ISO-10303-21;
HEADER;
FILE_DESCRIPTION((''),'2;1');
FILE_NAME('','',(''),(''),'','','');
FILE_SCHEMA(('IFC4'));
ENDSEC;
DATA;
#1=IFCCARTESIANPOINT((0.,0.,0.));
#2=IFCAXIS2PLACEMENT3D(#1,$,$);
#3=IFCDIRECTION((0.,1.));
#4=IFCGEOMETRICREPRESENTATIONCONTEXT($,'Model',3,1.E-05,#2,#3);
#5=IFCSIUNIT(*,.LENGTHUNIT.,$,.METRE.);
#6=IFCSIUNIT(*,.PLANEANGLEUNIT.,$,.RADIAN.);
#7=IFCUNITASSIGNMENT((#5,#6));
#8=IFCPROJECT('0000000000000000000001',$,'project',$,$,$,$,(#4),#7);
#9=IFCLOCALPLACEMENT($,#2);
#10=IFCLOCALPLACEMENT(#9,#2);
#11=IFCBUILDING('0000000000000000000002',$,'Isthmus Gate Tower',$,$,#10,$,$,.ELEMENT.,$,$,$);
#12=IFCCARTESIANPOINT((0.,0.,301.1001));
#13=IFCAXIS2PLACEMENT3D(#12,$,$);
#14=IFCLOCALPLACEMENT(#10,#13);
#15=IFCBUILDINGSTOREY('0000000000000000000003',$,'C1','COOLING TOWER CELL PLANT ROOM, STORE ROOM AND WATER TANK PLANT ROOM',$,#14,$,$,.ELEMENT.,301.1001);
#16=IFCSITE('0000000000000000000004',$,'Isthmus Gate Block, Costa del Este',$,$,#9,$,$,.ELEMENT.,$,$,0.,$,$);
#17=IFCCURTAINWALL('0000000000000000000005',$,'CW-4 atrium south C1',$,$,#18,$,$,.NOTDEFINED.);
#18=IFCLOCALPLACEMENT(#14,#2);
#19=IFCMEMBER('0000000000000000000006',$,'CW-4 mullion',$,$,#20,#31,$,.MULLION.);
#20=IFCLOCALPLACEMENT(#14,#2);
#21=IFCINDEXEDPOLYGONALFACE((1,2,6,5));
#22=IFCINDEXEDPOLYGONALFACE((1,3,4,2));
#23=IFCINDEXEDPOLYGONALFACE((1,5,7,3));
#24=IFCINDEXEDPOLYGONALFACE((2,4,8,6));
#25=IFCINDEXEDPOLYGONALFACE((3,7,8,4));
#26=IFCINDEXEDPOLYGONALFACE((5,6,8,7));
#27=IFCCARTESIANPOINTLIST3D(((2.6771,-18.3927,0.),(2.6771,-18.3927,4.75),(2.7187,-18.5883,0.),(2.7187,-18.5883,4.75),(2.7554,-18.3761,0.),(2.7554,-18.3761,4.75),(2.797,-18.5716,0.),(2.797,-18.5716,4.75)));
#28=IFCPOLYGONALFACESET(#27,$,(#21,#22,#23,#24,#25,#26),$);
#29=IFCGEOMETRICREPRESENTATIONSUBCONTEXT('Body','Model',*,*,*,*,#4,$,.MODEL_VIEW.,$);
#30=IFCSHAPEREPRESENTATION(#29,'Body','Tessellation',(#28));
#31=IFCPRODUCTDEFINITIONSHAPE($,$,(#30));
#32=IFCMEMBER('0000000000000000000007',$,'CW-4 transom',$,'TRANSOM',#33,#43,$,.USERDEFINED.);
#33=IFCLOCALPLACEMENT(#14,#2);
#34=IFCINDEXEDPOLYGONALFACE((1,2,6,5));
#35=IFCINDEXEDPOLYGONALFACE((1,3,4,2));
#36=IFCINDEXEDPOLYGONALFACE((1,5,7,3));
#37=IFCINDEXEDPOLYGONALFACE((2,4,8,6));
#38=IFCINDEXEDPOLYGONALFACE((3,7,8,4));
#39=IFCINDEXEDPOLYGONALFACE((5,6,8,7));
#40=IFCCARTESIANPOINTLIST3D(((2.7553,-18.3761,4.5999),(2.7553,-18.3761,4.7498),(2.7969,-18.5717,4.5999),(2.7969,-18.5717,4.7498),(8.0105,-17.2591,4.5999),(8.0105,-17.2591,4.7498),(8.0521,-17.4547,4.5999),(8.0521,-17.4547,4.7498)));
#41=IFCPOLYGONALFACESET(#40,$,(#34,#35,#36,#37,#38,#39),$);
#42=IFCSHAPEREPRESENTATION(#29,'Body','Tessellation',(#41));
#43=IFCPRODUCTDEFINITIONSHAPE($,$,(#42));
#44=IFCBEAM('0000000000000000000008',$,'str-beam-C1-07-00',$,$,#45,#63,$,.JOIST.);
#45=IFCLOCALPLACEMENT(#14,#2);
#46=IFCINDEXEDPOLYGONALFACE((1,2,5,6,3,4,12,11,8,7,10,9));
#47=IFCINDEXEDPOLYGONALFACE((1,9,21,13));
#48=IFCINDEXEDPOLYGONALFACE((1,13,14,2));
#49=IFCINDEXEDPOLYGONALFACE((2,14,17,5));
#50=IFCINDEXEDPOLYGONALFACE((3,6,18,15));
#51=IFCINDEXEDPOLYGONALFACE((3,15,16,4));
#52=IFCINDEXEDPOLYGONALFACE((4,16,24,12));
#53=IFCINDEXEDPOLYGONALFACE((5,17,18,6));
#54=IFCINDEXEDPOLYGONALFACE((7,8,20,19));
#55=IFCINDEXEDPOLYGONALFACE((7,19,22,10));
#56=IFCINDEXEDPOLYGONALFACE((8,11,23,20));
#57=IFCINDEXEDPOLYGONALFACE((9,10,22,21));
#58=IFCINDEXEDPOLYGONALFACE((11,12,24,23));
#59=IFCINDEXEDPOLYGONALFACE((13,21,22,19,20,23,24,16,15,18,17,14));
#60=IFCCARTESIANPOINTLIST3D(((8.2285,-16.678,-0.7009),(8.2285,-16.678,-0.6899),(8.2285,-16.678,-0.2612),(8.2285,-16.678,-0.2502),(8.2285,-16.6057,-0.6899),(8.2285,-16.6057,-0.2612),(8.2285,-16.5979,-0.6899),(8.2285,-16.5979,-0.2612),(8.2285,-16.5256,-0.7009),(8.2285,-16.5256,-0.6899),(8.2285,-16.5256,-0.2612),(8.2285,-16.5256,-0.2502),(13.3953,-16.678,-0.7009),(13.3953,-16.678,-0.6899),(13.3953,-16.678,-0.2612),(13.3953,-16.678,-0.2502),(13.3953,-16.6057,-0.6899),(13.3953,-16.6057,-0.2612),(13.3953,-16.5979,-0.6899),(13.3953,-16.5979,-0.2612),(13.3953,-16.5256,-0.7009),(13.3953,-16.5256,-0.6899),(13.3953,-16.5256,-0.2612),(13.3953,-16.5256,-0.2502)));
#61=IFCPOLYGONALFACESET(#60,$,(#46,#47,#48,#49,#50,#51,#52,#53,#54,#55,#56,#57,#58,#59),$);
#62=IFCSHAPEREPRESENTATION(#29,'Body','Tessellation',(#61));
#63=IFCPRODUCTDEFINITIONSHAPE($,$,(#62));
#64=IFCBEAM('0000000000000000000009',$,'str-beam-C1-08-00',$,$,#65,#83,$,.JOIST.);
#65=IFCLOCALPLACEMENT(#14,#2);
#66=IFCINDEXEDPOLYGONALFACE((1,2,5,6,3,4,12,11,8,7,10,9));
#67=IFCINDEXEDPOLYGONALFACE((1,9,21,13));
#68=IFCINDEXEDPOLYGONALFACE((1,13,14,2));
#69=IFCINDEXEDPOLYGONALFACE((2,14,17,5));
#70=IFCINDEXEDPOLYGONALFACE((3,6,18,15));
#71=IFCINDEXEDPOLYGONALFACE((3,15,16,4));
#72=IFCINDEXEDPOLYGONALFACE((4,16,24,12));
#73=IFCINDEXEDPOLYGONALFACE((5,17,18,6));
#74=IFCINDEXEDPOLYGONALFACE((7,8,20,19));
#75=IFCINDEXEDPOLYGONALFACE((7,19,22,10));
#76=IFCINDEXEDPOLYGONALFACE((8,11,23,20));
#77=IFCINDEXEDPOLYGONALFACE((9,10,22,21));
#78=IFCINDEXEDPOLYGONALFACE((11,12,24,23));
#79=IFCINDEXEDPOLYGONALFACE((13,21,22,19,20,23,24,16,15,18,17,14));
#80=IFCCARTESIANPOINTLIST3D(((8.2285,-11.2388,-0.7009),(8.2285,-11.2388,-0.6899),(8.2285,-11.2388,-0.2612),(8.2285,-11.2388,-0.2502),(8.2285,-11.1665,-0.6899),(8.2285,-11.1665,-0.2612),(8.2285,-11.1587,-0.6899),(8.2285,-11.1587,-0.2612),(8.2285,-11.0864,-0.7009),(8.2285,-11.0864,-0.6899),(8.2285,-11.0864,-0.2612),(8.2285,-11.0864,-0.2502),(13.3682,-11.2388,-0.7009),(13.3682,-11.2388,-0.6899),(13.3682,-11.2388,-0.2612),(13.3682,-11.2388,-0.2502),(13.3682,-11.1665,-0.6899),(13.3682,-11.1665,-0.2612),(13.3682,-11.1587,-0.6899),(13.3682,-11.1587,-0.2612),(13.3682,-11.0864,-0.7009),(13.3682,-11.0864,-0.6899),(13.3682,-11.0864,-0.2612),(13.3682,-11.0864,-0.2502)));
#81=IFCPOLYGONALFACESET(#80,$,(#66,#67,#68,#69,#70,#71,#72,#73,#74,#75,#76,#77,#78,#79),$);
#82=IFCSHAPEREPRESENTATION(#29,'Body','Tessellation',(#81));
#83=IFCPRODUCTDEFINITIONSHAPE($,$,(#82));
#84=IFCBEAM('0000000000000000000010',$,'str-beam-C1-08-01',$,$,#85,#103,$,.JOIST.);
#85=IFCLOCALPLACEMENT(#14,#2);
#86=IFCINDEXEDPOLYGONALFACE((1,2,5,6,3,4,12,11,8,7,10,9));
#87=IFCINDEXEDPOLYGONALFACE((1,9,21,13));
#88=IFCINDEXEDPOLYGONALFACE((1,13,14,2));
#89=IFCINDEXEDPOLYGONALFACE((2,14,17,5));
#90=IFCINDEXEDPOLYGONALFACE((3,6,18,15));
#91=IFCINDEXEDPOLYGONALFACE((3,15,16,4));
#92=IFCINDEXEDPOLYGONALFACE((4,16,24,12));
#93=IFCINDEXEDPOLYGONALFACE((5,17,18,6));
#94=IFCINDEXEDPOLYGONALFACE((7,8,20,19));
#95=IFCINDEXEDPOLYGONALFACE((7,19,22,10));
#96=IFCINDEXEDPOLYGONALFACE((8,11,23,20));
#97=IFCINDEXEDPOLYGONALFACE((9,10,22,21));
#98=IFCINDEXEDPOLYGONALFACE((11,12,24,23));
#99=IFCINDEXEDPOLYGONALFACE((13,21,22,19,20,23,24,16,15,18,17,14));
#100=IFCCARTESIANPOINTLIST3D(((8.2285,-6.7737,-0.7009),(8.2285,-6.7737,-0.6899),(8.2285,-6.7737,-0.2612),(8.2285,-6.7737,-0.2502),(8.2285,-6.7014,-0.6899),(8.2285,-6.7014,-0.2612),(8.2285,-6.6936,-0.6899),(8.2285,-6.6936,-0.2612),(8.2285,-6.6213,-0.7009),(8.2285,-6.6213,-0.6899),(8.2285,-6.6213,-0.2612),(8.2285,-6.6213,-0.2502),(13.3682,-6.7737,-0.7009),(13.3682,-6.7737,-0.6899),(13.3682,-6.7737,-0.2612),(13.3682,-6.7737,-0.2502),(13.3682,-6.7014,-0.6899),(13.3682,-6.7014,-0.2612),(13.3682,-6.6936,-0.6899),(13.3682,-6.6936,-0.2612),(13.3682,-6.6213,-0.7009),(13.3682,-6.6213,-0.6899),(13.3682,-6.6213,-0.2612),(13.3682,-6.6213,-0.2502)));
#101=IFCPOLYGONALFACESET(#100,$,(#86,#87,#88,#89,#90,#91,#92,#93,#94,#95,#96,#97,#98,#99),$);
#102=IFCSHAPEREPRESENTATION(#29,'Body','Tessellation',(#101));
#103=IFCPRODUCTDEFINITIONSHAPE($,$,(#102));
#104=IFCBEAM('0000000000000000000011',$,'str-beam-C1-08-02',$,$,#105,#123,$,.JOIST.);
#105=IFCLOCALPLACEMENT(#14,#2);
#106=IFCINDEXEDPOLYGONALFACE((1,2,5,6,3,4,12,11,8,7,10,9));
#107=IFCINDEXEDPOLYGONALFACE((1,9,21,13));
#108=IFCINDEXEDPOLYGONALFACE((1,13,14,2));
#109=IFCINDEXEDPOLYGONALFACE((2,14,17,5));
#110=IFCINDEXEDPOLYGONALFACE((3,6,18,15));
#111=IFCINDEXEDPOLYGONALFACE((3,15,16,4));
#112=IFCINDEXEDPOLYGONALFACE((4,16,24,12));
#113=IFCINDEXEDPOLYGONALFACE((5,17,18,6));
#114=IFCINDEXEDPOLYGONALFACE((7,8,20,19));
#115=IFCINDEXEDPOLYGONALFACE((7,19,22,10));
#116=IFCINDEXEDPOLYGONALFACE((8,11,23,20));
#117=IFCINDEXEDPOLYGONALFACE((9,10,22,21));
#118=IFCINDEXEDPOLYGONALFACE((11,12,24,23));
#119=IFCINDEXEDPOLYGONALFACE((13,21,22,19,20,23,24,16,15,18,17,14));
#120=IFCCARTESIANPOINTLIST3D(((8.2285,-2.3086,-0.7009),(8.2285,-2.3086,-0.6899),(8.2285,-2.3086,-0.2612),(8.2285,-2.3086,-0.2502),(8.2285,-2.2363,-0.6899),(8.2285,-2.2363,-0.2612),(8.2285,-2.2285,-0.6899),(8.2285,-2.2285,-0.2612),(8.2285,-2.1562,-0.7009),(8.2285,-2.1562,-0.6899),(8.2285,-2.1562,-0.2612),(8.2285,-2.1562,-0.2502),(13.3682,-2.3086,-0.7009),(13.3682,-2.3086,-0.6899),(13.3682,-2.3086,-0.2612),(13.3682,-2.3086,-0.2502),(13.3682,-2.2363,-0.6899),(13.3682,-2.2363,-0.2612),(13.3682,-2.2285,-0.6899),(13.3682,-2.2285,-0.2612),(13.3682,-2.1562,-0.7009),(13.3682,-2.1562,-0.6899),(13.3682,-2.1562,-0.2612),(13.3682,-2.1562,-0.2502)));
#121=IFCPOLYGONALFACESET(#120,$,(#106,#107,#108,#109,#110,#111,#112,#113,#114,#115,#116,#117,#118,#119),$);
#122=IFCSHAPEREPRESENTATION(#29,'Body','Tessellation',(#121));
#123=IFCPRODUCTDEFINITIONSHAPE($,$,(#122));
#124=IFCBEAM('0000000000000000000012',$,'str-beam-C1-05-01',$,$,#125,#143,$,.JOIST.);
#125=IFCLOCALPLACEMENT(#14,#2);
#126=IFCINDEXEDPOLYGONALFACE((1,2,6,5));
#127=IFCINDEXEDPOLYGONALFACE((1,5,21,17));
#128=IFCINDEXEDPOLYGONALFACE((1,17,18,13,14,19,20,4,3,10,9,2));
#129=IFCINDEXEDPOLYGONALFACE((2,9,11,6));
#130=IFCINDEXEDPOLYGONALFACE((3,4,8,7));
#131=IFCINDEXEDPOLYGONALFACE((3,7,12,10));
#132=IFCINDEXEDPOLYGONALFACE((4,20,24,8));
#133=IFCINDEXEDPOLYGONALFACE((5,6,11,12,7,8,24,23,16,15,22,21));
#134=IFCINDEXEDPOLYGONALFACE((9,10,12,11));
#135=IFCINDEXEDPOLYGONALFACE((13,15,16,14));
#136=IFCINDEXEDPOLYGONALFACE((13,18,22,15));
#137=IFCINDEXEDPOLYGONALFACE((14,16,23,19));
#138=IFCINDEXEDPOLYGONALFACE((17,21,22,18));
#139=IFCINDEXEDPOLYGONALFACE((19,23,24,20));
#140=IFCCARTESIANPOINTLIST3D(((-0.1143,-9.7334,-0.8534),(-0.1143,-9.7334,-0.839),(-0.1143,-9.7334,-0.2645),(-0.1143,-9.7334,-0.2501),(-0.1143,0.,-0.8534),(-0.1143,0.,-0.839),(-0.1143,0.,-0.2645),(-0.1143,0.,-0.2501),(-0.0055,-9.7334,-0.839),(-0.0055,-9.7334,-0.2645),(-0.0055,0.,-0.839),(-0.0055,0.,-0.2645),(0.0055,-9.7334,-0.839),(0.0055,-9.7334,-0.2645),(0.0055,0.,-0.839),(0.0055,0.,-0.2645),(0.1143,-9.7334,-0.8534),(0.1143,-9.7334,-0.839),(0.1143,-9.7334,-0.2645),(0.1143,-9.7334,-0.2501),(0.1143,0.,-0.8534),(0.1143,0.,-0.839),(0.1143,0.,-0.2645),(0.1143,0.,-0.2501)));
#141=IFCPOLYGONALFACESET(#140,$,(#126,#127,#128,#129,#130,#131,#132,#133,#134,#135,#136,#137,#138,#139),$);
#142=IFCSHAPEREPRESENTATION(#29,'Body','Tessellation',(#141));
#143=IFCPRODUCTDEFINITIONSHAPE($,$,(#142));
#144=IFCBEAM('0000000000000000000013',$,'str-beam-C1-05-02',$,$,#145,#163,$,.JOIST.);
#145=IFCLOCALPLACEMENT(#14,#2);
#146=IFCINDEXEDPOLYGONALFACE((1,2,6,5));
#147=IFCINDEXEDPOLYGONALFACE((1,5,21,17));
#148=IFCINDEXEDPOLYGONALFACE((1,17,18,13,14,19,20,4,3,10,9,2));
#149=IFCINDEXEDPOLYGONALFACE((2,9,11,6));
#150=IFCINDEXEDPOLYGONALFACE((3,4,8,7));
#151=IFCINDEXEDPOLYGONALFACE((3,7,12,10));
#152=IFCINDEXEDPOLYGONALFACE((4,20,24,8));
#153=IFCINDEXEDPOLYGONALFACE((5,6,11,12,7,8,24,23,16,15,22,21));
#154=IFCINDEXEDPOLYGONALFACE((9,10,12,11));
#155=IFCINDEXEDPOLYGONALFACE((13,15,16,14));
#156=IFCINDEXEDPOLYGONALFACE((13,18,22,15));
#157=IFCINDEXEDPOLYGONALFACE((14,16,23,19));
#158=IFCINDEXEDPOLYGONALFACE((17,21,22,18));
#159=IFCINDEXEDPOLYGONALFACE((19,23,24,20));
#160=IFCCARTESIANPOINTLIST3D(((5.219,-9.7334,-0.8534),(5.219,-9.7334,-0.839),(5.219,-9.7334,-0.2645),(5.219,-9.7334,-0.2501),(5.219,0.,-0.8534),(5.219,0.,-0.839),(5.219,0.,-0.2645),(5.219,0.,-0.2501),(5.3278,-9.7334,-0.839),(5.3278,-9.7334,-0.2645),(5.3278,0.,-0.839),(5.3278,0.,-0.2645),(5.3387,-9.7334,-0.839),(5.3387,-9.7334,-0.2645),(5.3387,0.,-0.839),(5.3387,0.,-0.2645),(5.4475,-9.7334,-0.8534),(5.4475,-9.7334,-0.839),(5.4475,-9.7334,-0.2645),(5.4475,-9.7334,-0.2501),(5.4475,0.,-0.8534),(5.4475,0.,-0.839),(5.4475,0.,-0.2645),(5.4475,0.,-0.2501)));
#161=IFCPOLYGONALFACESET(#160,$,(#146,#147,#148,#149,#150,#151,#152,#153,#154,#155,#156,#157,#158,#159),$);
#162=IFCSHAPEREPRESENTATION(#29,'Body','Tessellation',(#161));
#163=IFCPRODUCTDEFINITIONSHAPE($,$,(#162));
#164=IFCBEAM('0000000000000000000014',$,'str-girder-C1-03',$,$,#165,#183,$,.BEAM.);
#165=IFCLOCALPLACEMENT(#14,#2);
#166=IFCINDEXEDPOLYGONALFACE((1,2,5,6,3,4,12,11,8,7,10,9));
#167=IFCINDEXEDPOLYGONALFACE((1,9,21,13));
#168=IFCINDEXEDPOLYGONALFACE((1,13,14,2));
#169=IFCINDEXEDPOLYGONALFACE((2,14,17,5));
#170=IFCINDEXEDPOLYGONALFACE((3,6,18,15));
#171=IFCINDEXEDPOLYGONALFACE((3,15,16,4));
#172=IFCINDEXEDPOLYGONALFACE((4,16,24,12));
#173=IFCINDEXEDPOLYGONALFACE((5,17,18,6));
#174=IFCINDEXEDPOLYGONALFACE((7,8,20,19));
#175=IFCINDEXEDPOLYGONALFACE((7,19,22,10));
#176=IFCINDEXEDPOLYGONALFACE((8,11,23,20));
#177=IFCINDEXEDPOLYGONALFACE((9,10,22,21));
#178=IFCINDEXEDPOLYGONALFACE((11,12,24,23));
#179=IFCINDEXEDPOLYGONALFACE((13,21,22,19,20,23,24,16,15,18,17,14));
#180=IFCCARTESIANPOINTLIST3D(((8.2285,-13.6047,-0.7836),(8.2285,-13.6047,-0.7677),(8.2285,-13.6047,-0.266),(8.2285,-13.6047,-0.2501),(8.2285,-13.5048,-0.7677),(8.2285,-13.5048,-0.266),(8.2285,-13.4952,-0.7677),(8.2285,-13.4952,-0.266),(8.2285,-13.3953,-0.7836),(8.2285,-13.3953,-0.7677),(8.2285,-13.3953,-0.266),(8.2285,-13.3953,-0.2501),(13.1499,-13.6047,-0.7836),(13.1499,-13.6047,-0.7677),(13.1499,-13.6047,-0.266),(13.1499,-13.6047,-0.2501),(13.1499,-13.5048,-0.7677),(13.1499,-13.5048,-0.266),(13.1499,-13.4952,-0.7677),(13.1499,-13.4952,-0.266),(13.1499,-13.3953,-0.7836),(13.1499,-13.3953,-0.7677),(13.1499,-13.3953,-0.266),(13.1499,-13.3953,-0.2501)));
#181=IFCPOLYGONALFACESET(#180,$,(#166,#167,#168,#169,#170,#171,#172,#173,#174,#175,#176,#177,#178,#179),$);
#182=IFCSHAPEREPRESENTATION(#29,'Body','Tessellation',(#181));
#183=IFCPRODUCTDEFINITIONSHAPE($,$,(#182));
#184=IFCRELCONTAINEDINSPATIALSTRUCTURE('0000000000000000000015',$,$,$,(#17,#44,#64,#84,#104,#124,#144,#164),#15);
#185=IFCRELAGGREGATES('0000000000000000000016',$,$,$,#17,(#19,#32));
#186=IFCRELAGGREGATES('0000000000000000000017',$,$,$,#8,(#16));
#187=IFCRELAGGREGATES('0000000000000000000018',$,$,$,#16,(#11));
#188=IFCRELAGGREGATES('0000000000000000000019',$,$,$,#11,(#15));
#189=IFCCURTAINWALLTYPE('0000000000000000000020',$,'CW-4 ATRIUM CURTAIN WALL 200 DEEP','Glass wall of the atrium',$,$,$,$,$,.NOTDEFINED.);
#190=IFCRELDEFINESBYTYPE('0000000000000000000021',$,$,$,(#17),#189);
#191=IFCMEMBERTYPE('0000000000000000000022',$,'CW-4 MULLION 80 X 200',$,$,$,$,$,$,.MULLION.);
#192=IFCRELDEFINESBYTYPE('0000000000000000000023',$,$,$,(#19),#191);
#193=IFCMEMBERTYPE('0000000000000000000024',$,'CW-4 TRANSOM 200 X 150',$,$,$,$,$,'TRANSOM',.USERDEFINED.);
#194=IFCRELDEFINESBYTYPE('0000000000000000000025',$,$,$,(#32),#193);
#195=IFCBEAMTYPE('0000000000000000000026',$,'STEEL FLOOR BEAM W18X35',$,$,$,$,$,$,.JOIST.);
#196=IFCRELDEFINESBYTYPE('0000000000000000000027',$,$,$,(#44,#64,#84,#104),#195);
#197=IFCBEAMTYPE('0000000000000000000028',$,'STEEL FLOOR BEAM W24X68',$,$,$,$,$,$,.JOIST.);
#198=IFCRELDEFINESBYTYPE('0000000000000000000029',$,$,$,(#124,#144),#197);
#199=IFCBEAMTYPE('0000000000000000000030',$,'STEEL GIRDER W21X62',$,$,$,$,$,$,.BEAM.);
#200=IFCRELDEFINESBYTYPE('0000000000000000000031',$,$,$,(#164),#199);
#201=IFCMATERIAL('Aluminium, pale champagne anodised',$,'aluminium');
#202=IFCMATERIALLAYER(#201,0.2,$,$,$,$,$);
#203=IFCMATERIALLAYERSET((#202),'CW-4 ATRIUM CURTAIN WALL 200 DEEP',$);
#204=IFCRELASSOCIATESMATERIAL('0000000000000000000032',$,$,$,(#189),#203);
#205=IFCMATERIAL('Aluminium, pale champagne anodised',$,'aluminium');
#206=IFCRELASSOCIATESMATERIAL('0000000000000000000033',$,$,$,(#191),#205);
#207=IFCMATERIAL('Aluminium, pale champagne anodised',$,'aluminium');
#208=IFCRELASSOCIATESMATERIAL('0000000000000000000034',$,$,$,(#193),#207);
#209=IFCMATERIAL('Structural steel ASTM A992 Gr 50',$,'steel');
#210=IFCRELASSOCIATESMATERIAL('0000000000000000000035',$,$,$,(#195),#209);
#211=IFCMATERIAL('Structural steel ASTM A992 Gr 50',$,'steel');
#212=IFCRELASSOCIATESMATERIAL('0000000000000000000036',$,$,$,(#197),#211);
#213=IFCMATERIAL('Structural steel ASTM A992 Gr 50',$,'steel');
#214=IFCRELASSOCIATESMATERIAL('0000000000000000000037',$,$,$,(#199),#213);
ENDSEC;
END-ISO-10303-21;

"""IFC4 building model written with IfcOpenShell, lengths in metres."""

from ifc_helpers import new_model, si_unit, direction, frame, origin, origin_2d, place, context, subcontext, project, spatial, rectangle, i_section, extrude, material, layer, layer_set, material_profile, profile_set, type_object, element, aggregate, save


model = new_model("IFC4")

# Units and contexts
model_context = context("Model", 3, precision=1e-05, world=origin(), true_north=direction((0.0, 1.0)))
body_context = subcontext(model_context, "Body", "Model", "MODEL_VIEW")
ifc_project = project(units=[si_unit("LENGTHUNIT", "METRE"), si_unit("PLANEANGLEUNIT", "RADIAN")], contexts=[model_context])

# Site, building, storey
site_placement = place(None, origin())
site = spatial("IfcSite", under=ifc_project, at=site_placement, Name="Isthmus Gate Block, Costa del Este", CompositionType="ELEMENT", RefElevation=0.0)
building_placement = place(site_placement, origin())
building = spatial("IfcBuilding", under=site, at=building_placement, Name="Isthmus Gate Tower", CompositionType="ELEMENT")
storey_placement = place(building_placement, frame((0.0, 0.0, 301.1001)))
storey = spatial("IfcBuildingStorey", under=building, at=storey_placement, Name="C1", Description="COOLING TOWER CELL PLANT ROOM, STORE ROOM AND WATER TANK PLANT ROOM", CompositionType="ELEMENT", Elevation=301.1001)

# Curtain wall, members
ifc_material_1 = material(Name="Aluminium, pale champagne anodised", Category="aluminium")
ifc_layer_1 = layer(ifc_material_1, 0.2)
ifc_layer_set_1 = layer_set([ifc_layer_1], Name="CW-4 ATRIUM CURTAIN WALL 200 DEEP")
curtain_wall_type = type_object("IfcCurtainWallType", Name="CW-4 ATRIUM CURTAIN WALL 200 DEEP", Description="Glass wall of the atrium", PredefinedType="NOTDEFINED", material=ifc_layer_set_1)
curtain_wall_placement = place(storey_placement, origin())
curtain_wall = element("IfcCurtainWall", 1, at=curtain_wall_placement, inside=storey, type_object=curtain_wall_type, Name="CW-4 atrium south C1", PredefinedType="NOTDEFINED")
ifc_material_2 = material(Name="Aluminium, pale champagne anodised", Category="aluminium")
ifc_material_profile_1 = material_profile(ifc_material_2, rectangle(XDim=0.0801, YDim=0.2, at=origin_2d()), Name="80x200")
ifc_profile_set_1 = profile_set([ifc_material_profile_1], Name="Aluminium, pale champagne anodised")
member_type_1 = type_object("IfcMemberType", Name="CW-4 MULLION 80 X 200", PredefinedType="MULLION", material=ifc_profile_set_1)
member_1_placement = place(storey_placement, frame((2.7371, -18.4822, 0.0), z_axis=(0.0, 0.0, 1.0), x_axis=(0.978148, 0.207912, 0.0)))
member_1 = element("IfcMember", 2, at=member_1_placement, type_object=member_type_1, Name="CW-4 mullion", PredefinedType="MULLION", context=body_context, shape_type="SweptSolid", body=[
    extrude(rectangle(XDim=0.0801, YDim=0.2, at=origin_2d()), origin(), (0.0, 0.0, 1.0), 4.75),
])
ifc_material_3 = material(Name="Aluminium, pale champagne anodised", Category="aluminium")
ifc_material_profile_2 = material_profile(ifc_material_3, rectangle(XDim=0.2, YDim=0.1499, at=origin_2d()), Name="200x150")
ifc_profile_set_2 = profile_set([ifc_material_profile_2], Name="Aluminium, pale champagne anodised")
member_type_2 = type_object("IfcMemberType", Name="CW-4 TRANSOM 200 X 150", ElementType="TRANSOM", PredefinedType="USERDEFINED", material=ifc_profile_set_2)
member_2_placement = place(storey_placement, frame((2.7761, -18.4739, 4.6748), z_axis=(0.97815, 0.2079, 0.0), x_axis=(-0.2079, 0.97815, 0.0)))
member_2 = element("IfcMember", 3, at=member_2_placement, type_object=member_type_2, Name="CW-4 transom", ObjectType="TRANSOM", PredefinedType="USERDEFINED", context=body_context, shape_type="SweptSolid", body=[
    extrude(rectangle(XDim=0.2, YDim=0.1499, at=origin_2d()), origin(), (0.0, 0.0, 1.0), 5.3726),
])

# Beams
ifc_material_4 = material(Name="Structural steel ASTM A992 Gr 50", Category="steel")
ifc_material_profile_3 = material_profile(ifc_material_4, i_section(OverallWidth=0.1523, OverallDepth=0.4507, WebThickness=0.0078, FlangeThickness=0.011, at=origin_2d()), Name="W18X35")
ifc_profile_set_3 = profile_set([ifc_material_profile_3], Name="Structural steel ASTM A992 Gr 50")
beam_type_1 = type_object("IfcBeamType", Name="STEEL FLOOR BEAM W18X35", PredefinedType="JOIST", material=ifc_profile_set_3)
beam_1_placement = place(storey_placement, frame((8.2285, -16.6018, -0.4756), z_axis=(1.0, 0.0, 0.0), x_axis=(0.0, 1.0, 0.0)))
element("IfcBeam", 4, at=beam_1_placement, inside=storey, type_object=beam_type_1, Name="str-beam-C1-07-00", PredefinedType="JOIST", context=body_context, shape_type="SweptSolid", body=[
    extrude(i_section(OverallWidth=0.1523, OverallDepth=0.4507, WebThickness=0.0078, FlangeThickness=0.011, at=origin_2d()), origin(), (0.0, 0.0, 1.0), 5.1667),
])
for number, where, z_axis, x_axis, name in (
    (5, (8.2285, -11.1626, -0.4756), (1.0, 0.0, 0.0), (0.0, 1.0, 0.0), "str-beam-C1-08-00"),
    (6, (8.2285, -6.6975, -0.4756), (1.0, 0.0, 0.0), (0.0, 1.0, 0.0), "str-beam-C1-08-01"),
    (7, (8.2285, -2.2324, -0.4756), (1.0, 0.0, 0.0), (0.0, 1.0, 0.0), "str-beam-C1-08-02"),
):
    element("IfcBeam", number, at=place(storey_placement, frame(where, z_axis=z_axis, x_axis=x_axis)), inside=storey, type_object=beam_type_1, Name=name, PredefinedType="JOIST", context=body_context, shape_type="SweptSolid", body=[
        extrude(i_section(OverallWidth=0.1523, OverallDepth=0.4507, WebThickness=0.0078, FlangeThickness=0.011, at=origin_2d()), origin(), (0.0, 0.0, 1.0), 5.1396),
    ])
ifc_material_5 = material(Name="Structural steel ASTM A992 Gr 50", Category="steel")
ifc_material_profile_4 = material_profile(ifc_material_5, i_section(OverallWidth=0.2285, OverallDepth=0.6033, WebThickness=0.011, FlangeThickness=0.0144, at=origin_2d()), Name="W24X68")
ifc_profile_set_4 = profile_set([ifc_material_profile_4], Name="Structural steel ASTM A992 Gr 50")
beam_type_2 = type_object("IfcBeamType", Name="STEEL FLOOR BEAM W24X68", PredefinedType="JOIST", material=ifc_profile_set_4)
for number, where, z_axis, x_axis, name in (
    (8, (0.0, -9.7334, -0.5518), (0.0, 1.0, 0.0), (-1.0, 0.0, 0.0), "str-beam-C1-05-01"),
    (9, (5.3333, -9.7334, -0.5518), (0.0, 1.0, 0.0), (-1.0, 0.0, 0.0), "str-beam-C1-05-02"),
):
    element("IfcBeam", number, at=place(storey_placement, frame(where, z_axis=z_axis, x_axis=x_axis)), inside=storey, type_object=beam_type_2, Name=name, PredefinedType="JOIST", context=body_context, shape_type="SweptSolid", body=[
        extrude(i_section(OverallWidth=0.2285, OverallDepth=0.6033, WebThickness=0.011, FlangeThickness=0.0144, at=origin_2d()), origin(), (0.0, 0.0, 1.0), 9.7334),
    ])
ifc_material_6 = material(Name="Structural steel ASTM A992 Gr 50", Category="steel")
ifc_material_profile_5 = material_profile(ifc_material_6, i_section(OverallWidth=0.2095, OverallDepth=0.5334, WebThickness=0.0095, FlangeThickness=0.0159, at=origin_2d()), Name="W21X62")
ifc_profile_set_5 = profile_set([ifc_material_profile_5], Name="Structural steel ASTM A992 Gr 50")
beam_type_3 = type_object("IfcBeamType", Name="STEEL GIRDER W21X62", PredefinedType="BEAM", material=ifc_profile_set_5)
beam_2_placement = place(storey_placement, frame((8.2285, -13.5, -0.5168), z_axis=(1.0, 0.0, 0.0), x_axis=(0.0, 1.0, 0.0)))
element("IfcBeam", 10, at=beam_2_placement, inside=storey, type_object=beam_type_3, Name="str-girder-C1-03", PredefinedType="BEAM", context=body_context, shape_type="SweptSolid", body=[
    extrude(i_section(OverallWidth=0.2095, OverallDepth=0.5334, WebThickness=0.0095, FlangeThickness=0.0159, at=origin_2d()), origin(), (0.0, 0.0, 1.0), 4.9214),
])

aggregate(curtain_wall, [member_1, member_2])

save(model, "model.ifc")
